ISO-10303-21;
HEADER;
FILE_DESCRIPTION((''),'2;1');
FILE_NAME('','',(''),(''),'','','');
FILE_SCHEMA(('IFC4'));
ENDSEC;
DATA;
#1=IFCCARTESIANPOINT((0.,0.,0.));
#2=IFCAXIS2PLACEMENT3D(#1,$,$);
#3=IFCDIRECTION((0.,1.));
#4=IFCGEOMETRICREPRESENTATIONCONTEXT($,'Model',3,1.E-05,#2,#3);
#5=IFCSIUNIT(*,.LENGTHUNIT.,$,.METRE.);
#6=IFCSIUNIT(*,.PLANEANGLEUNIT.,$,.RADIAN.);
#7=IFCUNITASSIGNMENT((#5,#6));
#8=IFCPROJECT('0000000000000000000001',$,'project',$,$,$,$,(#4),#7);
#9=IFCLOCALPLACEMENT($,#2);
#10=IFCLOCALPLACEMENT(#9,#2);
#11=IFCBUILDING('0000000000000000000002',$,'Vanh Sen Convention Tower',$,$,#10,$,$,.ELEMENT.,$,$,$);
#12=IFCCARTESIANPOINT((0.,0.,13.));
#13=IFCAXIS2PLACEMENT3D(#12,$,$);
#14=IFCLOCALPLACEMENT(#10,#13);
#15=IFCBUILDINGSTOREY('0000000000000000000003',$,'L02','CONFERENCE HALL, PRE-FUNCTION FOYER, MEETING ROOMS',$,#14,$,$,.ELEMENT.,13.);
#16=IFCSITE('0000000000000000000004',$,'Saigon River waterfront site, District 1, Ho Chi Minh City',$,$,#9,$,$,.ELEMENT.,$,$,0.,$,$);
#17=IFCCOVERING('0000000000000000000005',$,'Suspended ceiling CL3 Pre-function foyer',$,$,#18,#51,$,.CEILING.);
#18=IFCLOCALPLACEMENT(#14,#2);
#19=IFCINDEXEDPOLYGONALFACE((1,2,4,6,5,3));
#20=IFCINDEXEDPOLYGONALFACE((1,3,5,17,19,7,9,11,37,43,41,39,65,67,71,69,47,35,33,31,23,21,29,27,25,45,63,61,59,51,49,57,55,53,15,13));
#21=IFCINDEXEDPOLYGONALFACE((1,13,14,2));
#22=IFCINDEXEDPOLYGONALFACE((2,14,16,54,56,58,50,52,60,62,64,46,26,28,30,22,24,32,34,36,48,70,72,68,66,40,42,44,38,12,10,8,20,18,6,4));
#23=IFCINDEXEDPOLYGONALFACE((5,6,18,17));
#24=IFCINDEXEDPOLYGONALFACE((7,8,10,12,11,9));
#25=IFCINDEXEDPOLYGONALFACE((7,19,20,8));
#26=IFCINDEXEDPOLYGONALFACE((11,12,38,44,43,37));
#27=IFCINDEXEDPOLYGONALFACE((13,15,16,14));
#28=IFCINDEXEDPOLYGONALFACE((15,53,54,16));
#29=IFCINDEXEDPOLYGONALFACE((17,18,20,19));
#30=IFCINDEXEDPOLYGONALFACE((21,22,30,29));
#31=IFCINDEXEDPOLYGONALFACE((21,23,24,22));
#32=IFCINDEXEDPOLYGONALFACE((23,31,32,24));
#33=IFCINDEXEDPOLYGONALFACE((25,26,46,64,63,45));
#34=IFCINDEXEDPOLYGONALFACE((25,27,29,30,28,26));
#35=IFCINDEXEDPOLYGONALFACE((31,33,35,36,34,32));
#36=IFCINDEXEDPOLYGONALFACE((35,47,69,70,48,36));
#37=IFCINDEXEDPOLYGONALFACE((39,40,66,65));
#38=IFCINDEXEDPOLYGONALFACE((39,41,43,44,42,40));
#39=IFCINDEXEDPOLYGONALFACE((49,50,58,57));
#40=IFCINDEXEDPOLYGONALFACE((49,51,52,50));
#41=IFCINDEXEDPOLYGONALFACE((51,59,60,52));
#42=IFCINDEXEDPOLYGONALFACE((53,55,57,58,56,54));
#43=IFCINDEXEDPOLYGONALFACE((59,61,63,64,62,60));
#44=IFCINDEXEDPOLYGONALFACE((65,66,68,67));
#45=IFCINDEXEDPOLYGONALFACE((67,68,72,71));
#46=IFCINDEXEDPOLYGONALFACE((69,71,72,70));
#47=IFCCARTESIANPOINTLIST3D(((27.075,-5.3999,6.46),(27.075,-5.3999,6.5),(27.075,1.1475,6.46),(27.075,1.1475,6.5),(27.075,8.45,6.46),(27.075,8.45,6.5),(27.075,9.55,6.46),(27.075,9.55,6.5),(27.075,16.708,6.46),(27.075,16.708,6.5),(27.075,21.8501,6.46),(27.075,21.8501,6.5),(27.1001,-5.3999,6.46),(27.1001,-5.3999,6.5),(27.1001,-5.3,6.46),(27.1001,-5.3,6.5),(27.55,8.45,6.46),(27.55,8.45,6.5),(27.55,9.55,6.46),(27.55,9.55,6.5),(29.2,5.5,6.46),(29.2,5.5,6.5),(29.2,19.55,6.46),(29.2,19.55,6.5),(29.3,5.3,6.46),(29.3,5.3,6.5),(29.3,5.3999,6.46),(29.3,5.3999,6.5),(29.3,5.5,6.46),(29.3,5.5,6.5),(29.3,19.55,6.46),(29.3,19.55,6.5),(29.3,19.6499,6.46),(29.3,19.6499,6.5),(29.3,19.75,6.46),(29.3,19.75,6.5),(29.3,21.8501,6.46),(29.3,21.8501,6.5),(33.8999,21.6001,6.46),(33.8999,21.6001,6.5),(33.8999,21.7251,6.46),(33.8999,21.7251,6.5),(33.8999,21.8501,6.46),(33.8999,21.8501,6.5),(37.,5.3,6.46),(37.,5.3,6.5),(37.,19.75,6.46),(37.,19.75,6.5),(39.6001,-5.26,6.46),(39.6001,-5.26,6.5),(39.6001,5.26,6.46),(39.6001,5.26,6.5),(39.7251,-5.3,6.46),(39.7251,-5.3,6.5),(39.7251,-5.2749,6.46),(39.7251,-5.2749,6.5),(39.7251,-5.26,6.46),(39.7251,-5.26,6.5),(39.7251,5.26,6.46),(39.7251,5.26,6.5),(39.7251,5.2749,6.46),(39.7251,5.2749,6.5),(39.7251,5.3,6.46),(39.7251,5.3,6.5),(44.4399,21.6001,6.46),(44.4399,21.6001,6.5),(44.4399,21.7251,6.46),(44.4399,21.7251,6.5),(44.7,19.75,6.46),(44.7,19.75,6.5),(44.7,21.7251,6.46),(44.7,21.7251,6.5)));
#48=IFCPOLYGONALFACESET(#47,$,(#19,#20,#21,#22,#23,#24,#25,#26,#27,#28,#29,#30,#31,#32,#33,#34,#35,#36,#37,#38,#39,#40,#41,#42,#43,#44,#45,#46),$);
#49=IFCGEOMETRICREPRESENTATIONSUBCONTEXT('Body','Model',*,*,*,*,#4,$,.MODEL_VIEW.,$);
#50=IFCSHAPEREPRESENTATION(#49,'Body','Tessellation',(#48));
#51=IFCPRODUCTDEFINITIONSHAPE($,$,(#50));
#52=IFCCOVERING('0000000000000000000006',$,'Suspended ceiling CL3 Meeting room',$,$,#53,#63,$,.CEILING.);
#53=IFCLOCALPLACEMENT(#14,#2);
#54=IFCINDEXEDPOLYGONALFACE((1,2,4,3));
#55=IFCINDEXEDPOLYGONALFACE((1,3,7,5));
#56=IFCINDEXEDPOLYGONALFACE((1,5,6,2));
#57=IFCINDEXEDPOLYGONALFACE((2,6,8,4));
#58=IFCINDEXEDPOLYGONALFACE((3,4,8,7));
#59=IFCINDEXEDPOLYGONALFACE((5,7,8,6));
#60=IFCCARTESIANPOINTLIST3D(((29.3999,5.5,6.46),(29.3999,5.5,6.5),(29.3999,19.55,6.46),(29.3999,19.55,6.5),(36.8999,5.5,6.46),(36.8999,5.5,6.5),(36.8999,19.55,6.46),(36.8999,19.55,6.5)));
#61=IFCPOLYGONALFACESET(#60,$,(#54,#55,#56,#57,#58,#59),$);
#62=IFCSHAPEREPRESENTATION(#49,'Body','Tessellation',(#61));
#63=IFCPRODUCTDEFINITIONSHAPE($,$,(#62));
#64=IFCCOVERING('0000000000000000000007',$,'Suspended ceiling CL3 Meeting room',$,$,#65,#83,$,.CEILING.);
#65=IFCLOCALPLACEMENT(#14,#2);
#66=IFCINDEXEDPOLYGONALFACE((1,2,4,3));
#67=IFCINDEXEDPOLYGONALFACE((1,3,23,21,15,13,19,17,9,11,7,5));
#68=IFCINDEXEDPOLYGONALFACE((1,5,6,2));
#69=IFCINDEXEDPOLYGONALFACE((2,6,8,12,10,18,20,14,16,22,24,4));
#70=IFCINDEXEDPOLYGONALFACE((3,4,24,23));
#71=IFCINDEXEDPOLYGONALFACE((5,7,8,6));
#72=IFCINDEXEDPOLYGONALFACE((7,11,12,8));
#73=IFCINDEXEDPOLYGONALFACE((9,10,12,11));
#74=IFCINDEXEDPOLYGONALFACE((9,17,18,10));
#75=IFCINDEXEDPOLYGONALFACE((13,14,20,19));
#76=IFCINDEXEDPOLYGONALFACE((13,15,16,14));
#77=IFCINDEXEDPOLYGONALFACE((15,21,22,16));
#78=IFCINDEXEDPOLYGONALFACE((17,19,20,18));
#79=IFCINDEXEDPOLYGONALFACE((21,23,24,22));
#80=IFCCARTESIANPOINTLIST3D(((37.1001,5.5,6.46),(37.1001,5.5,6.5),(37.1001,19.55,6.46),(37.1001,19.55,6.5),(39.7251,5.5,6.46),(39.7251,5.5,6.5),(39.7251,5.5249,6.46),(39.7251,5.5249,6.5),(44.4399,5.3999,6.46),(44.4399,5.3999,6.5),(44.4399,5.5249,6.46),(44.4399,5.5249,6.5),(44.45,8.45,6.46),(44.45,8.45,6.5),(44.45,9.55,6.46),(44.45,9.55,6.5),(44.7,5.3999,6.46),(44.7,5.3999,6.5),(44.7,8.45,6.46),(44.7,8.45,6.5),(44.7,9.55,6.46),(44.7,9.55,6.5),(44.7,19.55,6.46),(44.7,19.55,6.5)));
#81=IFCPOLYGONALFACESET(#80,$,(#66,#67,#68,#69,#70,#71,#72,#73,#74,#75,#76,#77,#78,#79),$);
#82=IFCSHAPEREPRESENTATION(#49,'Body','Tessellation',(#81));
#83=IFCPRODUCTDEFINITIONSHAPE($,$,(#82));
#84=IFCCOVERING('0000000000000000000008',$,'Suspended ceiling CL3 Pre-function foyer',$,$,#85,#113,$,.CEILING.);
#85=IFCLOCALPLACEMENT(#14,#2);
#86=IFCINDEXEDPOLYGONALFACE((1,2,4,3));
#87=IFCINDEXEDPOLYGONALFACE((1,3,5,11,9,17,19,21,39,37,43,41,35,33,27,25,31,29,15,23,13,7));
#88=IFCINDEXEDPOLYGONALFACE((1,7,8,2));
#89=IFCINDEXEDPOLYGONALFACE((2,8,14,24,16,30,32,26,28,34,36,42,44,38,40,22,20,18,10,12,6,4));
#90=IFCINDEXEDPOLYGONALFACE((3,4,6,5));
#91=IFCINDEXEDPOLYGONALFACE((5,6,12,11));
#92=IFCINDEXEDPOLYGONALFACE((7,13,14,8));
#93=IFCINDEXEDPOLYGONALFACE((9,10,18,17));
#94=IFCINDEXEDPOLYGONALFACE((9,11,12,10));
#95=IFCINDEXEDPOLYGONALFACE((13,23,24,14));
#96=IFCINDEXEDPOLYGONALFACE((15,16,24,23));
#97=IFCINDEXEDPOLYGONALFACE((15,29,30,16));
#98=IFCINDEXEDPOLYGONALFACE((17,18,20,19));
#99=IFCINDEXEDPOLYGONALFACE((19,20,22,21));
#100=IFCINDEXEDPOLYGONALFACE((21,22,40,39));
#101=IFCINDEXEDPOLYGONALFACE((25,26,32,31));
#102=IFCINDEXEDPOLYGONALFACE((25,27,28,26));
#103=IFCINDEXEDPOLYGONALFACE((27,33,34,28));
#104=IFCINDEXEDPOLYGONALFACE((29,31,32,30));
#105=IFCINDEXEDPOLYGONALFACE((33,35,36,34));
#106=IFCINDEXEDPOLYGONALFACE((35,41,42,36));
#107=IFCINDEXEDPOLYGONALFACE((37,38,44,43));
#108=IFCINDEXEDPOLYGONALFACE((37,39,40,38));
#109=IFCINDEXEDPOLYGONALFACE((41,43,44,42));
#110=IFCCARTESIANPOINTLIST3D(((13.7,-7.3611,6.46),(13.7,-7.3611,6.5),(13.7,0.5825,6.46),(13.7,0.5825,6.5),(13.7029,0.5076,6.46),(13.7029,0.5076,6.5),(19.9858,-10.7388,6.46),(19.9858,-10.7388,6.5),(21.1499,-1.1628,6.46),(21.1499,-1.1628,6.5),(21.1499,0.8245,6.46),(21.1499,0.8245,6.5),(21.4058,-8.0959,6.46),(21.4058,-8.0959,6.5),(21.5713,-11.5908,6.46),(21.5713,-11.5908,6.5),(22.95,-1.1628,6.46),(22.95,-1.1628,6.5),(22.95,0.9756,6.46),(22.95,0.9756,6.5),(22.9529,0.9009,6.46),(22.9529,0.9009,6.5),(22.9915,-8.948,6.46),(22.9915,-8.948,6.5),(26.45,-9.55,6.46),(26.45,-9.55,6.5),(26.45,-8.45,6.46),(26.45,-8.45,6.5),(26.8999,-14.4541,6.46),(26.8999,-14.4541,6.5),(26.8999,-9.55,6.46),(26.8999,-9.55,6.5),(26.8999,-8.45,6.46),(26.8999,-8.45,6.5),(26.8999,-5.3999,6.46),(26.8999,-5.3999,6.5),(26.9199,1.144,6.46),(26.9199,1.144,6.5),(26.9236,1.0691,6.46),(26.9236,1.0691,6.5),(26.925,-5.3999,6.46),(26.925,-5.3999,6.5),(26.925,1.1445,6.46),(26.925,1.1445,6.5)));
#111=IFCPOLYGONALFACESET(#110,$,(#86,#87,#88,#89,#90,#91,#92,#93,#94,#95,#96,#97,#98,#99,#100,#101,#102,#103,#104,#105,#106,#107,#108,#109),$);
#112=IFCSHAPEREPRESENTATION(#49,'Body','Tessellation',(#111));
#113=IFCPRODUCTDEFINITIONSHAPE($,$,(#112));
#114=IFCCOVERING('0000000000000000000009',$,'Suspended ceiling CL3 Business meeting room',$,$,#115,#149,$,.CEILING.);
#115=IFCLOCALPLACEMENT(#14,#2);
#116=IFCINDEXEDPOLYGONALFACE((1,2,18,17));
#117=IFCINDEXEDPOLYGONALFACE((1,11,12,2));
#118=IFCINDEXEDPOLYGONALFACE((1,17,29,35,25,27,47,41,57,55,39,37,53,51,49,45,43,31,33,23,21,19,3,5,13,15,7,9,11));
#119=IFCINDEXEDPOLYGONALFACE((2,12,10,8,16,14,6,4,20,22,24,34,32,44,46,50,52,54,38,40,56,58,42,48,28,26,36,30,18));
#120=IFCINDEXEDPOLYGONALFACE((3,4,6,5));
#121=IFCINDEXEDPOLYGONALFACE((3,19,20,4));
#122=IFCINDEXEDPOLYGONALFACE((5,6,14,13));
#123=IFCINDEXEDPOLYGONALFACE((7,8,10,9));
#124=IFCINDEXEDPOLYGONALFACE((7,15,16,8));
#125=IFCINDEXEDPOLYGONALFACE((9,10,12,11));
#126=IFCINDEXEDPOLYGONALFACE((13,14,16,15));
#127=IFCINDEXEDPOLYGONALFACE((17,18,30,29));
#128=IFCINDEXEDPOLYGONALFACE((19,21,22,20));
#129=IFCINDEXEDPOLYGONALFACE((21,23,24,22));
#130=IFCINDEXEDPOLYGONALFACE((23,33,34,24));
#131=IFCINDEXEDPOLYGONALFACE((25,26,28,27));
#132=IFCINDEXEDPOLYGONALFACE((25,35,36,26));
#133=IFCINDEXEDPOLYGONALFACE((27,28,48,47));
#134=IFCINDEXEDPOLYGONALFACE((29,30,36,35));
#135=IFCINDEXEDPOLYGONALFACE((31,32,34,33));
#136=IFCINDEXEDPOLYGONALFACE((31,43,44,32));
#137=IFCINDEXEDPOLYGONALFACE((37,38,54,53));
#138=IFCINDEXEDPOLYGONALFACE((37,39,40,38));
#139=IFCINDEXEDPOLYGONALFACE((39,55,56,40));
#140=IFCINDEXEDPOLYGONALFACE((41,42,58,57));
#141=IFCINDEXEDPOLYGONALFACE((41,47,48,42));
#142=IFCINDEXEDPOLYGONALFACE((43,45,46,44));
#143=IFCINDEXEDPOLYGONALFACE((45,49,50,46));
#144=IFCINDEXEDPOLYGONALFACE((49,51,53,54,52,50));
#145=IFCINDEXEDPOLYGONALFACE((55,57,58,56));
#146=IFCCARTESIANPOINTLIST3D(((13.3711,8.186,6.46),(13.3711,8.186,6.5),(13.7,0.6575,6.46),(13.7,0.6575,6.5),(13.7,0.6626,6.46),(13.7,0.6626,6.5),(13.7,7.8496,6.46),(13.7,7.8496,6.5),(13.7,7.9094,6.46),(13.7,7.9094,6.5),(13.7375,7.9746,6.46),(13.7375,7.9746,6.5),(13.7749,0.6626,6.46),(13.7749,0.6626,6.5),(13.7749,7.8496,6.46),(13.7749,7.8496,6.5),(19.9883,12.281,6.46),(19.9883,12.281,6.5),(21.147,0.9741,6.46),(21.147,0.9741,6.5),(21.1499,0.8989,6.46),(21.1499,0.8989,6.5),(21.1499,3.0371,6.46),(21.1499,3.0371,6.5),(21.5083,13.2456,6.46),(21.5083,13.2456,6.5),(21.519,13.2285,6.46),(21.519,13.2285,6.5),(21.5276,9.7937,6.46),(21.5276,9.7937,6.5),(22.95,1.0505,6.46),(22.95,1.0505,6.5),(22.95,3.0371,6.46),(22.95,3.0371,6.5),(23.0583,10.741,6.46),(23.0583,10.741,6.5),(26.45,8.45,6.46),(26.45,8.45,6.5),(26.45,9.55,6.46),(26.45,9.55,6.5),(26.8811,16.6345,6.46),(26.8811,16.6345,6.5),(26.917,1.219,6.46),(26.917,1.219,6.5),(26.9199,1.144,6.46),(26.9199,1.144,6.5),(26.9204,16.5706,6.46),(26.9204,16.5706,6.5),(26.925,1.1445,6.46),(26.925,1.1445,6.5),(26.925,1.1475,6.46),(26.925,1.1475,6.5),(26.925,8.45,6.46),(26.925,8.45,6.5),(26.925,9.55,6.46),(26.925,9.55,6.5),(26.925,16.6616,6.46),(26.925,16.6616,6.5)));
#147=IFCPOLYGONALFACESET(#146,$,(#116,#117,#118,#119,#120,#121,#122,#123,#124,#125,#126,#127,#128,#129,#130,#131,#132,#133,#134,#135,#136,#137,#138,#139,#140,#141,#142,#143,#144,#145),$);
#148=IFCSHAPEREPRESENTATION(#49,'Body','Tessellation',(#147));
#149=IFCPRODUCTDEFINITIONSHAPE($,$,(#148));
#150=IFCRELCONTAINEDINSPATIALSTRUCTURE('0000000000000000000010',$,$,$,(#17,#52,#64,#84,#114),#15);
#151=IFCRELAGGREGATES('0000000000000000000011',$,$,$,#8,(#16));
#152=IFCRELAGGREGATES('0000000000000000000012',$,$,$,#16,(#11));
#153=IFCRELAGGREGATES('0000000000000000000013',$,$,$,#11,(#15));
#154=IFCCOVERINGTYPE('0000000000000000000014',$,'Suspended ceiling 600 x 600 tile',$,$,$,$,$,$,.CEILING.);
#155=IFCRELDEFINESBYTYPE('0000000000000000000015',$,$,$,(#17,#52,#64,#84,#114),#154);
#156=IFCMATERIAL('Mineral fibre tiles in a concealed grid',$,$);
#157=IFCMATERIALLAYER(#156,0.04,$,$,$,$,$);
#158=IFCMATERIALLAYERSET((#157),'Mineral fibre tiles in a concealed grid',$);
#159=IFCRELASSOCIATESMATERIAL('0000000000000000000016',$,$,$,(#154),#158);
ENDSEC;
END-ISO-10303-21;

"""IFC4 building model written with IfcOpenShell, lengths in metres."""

from ifc_helpers import new_model, si_unit, direction, frame, origin, place, context, subcontext, project, spatial, polyline, outline, extrude, material, layer, layer_set, type_object, element, save


model = new_model("IFC4")

# Units and contexts
model_context = context("Model", 3, precision=1e-05, world=origin(), true_north=direction((0.0, 1.0)))
body_context = subcontext(model_context, "Body", "Model", "MODEL_VIEW")
ifc_project = project(units=[si_unit("LENGTHUNIT", "METRE"), si_unit("PLANEANGLEUNIT", "RADIAN")], contexts=[model_context])

# Site, building, storey
site_placement = place(None, origin())
site = spatial("IfcSite", under=ifc_project, at=site_placement, Name="Saigon River waterfront site, District 1, Ho Chi Minh City", CompositionType="ELEMENT", RefElevation=0.0)
building_placement = place(site_placement, origin())
building = spatial("IfcBuilding", under=site, at=building_placement, Name="Vanh Sen Convention Tower", CompositionType="ELEMENT")
storey_placement = place(building_placement, frame((0.0, 0.0, 13.0)))
storey = spatial("IfcBuildingStorey", under=building, at=storey_placement, Name="L02", Description="CONFERENCE HALL, PRE-FUNCTION FOYER, MEETING ROOMS", CompositionType="ELEMENT", Elevation=13.0)

# Coverings
ifc_material_1 = material(Name="Mineral fibre tiles in a concealed grid")
ifc_layer_1 = layer(ifc_material_1, 0.04)
ifc_layer_set_1 = layer_set([ifc_layer_1], Name="Mineral fibre tiles in a concealed grid")
covering_type = type_object("IfcCoveringType", Name="Suspended ceiling 600 x 600 tile", PredefinedType="CEILING", material=ifc_layer_set_1)
covering_1_placement = place(storey_placement, frame((0.0, 0.0, 6.46)))
element("IfcCovering", 1, at=covering_1_placement, inside=storey, type_object=covering_type, Name="Suspended ceiling CL3 Pre-function foyer", PredefinedType="CEILING", context=body_context, shape_type="SweptSolid", body=[
    extrude(outline(polyline([(33.8999, 21.8501), (29.3, 21.8501), (27.075, 21.8501), (27.075, 16.708), (27.075, 9.55), (27.55, 9.55), (27.55, 8.45), (27.075, 8.45), (27.075, 1.1475), (27.075, -5.3999), (27.1001, -5.3999), (27.1001, -5.3), (39.7251, -5.3), (39.7251, -5.2749), (39.7251, -5.26), (39.6001, -5.26), (39.6001, 5.26), (39.7251, 5.26), (39.7251, 5.2749), (39.7251, 5.3), (37.0, 5.3), (29.3, 5.3), (29.3, 5.3999), (29.3, 5.5), (29.2, 5.5), (29.2, 19.55), (29.3, 19.55), (29.3, 19.6499), (29.3, 19.75), (37.0, 19.75), (44.7, 19.75), (44.7, 21.7251), (44.4399, 21.7251), (44.4399, 21.6001), (33.8999, 21.6001), (33.8999, 21.7251), (33.8999, 21.8501)])), origin(), (0.0, 0.0, 1.0), 0.04),
])
covering_2_placement = place(storey_placement, frame((0.0, 0.0, 6.46)))
element("IfcCovering", 2, at=covering_2_placement, inside=storey, type_object=covering_type, Name="Suspended ceiling CL3 Meeting room", PredefinedType="CEILING", context=body_context, shape_type="SweptSolid", body=[
    extrude(outline(polyline([(36.8999, 19.55), (29.3999, 19.55), (29.3999, 5.5), (36.8999, 5.5), (36.8999, 19.55)])), origin(), (0.0, 0.0, 1.0), 0.04),
])
covering_3_placement = place(storey_placement, frame((0.0, 0.0, 6.46)))
element("IfcCovering", 3, at=covering_3_placement, inside=storey, type_object=covering_type, Name="Suspended ceiling CL3 Meeting room", PredefinedType="CEILING", context=body_context, shape_type="SweptSolid", body=[
    extrude(outline(polyline([(44.4399, 5.3999), (44.7, 5.3999), (44.7, 8.45), (44.45, 8.45), (44.45, 9.55), (44.7, 9.55), (44.7, 19.55), (37.1001, 19.55), (37.1001, 5.5), (39.7251, 5.5), (39.7251, 5.5249), (44.4399, 5.5249), (44.4399, 5.3999)])), origin(), (0.0, 0.0, 1.0), 0.04),
])
covering_4_placement = place(storey_placement, frame((0.0, 0.0, 6.46)))
element("IfcCovering", 4, at=covering_4_placement, inside=storey, type_object=covering_type, Name="Suspended ceiling CL3 Pre-function foyer", PredefinedType="CEILING", context=body_context, shape_type="SweptSolid", body=[
    extrude(outline(polyline([(13.7, 0.5825), (13.7, -7.3611), (19.9858, -10.7388), (21.4058, -8.0959), (22.9915, -8.948), (21.5713, -11.5908), (26.8999, -14.4541), (26.8999, -9.55), (26.45, -9.55), (26.45, -8.45), (26.8999, -8.45), (26.8999, -5.3999), (26.925, -5.3999), (26.925, 1.1445), (26.9199, 1.144), (26.9236, 1.0691), (22.9529, 0.9009), (22.95, 0.9756), (22.95, -1.1628), (21.1499, -1.1628), (21.1499, 0.8245), (13.7029, 0.5076), (13.7, 0.5825)])), origin(), (0.0, 0.0, 1.0), 0.04),
])
covering_5_placement = place(storey_placement, frame((0.0, 0.0, 6.46)))
element("IfcCovering", 5, at=covering_5_placement, inside=storey, type_object=covering_type, Name="Suspended ceiling CL3 Business meeting room", PredefinedType="CEILING", context=body_context, shape_type="SweptSolid", body=[
    extrude(outline(polyline([(26.917, 1.219), (26.9199, 1.144), (26.925, 1.1445), (26.925, 1.1475), (26.925, 8.45), (26.45, 8.45), (26.45, 9.55), (26.925, 9.55), (26.925, 16.6616), (26.8811, 16.6345), (26.9204, 16.5706), (21.519, 13.2285), (21.5083, 13.2456), (23.0583, 10.741), (21.5276, 9.7937), (19.9883, 12.281), (13.3711, 8.186), (13.7375, 7.9746), (13.7, 7.9094), (13.7, 7.8496), (13.7749, 7.8496), (13.7749, 0.6626), (13.7, 0.6626), (13.7, 0.6575), (21.147, 0.9741), (21.1499, 0.8989), (21.1499, 3.0371), (22.95, 3.0371), (22.95, 1.0505), (26.917, 1.219)])), origin(), (0.0, 0.0, 1.0), 0.04),
])

save(model, "model.ifc")
